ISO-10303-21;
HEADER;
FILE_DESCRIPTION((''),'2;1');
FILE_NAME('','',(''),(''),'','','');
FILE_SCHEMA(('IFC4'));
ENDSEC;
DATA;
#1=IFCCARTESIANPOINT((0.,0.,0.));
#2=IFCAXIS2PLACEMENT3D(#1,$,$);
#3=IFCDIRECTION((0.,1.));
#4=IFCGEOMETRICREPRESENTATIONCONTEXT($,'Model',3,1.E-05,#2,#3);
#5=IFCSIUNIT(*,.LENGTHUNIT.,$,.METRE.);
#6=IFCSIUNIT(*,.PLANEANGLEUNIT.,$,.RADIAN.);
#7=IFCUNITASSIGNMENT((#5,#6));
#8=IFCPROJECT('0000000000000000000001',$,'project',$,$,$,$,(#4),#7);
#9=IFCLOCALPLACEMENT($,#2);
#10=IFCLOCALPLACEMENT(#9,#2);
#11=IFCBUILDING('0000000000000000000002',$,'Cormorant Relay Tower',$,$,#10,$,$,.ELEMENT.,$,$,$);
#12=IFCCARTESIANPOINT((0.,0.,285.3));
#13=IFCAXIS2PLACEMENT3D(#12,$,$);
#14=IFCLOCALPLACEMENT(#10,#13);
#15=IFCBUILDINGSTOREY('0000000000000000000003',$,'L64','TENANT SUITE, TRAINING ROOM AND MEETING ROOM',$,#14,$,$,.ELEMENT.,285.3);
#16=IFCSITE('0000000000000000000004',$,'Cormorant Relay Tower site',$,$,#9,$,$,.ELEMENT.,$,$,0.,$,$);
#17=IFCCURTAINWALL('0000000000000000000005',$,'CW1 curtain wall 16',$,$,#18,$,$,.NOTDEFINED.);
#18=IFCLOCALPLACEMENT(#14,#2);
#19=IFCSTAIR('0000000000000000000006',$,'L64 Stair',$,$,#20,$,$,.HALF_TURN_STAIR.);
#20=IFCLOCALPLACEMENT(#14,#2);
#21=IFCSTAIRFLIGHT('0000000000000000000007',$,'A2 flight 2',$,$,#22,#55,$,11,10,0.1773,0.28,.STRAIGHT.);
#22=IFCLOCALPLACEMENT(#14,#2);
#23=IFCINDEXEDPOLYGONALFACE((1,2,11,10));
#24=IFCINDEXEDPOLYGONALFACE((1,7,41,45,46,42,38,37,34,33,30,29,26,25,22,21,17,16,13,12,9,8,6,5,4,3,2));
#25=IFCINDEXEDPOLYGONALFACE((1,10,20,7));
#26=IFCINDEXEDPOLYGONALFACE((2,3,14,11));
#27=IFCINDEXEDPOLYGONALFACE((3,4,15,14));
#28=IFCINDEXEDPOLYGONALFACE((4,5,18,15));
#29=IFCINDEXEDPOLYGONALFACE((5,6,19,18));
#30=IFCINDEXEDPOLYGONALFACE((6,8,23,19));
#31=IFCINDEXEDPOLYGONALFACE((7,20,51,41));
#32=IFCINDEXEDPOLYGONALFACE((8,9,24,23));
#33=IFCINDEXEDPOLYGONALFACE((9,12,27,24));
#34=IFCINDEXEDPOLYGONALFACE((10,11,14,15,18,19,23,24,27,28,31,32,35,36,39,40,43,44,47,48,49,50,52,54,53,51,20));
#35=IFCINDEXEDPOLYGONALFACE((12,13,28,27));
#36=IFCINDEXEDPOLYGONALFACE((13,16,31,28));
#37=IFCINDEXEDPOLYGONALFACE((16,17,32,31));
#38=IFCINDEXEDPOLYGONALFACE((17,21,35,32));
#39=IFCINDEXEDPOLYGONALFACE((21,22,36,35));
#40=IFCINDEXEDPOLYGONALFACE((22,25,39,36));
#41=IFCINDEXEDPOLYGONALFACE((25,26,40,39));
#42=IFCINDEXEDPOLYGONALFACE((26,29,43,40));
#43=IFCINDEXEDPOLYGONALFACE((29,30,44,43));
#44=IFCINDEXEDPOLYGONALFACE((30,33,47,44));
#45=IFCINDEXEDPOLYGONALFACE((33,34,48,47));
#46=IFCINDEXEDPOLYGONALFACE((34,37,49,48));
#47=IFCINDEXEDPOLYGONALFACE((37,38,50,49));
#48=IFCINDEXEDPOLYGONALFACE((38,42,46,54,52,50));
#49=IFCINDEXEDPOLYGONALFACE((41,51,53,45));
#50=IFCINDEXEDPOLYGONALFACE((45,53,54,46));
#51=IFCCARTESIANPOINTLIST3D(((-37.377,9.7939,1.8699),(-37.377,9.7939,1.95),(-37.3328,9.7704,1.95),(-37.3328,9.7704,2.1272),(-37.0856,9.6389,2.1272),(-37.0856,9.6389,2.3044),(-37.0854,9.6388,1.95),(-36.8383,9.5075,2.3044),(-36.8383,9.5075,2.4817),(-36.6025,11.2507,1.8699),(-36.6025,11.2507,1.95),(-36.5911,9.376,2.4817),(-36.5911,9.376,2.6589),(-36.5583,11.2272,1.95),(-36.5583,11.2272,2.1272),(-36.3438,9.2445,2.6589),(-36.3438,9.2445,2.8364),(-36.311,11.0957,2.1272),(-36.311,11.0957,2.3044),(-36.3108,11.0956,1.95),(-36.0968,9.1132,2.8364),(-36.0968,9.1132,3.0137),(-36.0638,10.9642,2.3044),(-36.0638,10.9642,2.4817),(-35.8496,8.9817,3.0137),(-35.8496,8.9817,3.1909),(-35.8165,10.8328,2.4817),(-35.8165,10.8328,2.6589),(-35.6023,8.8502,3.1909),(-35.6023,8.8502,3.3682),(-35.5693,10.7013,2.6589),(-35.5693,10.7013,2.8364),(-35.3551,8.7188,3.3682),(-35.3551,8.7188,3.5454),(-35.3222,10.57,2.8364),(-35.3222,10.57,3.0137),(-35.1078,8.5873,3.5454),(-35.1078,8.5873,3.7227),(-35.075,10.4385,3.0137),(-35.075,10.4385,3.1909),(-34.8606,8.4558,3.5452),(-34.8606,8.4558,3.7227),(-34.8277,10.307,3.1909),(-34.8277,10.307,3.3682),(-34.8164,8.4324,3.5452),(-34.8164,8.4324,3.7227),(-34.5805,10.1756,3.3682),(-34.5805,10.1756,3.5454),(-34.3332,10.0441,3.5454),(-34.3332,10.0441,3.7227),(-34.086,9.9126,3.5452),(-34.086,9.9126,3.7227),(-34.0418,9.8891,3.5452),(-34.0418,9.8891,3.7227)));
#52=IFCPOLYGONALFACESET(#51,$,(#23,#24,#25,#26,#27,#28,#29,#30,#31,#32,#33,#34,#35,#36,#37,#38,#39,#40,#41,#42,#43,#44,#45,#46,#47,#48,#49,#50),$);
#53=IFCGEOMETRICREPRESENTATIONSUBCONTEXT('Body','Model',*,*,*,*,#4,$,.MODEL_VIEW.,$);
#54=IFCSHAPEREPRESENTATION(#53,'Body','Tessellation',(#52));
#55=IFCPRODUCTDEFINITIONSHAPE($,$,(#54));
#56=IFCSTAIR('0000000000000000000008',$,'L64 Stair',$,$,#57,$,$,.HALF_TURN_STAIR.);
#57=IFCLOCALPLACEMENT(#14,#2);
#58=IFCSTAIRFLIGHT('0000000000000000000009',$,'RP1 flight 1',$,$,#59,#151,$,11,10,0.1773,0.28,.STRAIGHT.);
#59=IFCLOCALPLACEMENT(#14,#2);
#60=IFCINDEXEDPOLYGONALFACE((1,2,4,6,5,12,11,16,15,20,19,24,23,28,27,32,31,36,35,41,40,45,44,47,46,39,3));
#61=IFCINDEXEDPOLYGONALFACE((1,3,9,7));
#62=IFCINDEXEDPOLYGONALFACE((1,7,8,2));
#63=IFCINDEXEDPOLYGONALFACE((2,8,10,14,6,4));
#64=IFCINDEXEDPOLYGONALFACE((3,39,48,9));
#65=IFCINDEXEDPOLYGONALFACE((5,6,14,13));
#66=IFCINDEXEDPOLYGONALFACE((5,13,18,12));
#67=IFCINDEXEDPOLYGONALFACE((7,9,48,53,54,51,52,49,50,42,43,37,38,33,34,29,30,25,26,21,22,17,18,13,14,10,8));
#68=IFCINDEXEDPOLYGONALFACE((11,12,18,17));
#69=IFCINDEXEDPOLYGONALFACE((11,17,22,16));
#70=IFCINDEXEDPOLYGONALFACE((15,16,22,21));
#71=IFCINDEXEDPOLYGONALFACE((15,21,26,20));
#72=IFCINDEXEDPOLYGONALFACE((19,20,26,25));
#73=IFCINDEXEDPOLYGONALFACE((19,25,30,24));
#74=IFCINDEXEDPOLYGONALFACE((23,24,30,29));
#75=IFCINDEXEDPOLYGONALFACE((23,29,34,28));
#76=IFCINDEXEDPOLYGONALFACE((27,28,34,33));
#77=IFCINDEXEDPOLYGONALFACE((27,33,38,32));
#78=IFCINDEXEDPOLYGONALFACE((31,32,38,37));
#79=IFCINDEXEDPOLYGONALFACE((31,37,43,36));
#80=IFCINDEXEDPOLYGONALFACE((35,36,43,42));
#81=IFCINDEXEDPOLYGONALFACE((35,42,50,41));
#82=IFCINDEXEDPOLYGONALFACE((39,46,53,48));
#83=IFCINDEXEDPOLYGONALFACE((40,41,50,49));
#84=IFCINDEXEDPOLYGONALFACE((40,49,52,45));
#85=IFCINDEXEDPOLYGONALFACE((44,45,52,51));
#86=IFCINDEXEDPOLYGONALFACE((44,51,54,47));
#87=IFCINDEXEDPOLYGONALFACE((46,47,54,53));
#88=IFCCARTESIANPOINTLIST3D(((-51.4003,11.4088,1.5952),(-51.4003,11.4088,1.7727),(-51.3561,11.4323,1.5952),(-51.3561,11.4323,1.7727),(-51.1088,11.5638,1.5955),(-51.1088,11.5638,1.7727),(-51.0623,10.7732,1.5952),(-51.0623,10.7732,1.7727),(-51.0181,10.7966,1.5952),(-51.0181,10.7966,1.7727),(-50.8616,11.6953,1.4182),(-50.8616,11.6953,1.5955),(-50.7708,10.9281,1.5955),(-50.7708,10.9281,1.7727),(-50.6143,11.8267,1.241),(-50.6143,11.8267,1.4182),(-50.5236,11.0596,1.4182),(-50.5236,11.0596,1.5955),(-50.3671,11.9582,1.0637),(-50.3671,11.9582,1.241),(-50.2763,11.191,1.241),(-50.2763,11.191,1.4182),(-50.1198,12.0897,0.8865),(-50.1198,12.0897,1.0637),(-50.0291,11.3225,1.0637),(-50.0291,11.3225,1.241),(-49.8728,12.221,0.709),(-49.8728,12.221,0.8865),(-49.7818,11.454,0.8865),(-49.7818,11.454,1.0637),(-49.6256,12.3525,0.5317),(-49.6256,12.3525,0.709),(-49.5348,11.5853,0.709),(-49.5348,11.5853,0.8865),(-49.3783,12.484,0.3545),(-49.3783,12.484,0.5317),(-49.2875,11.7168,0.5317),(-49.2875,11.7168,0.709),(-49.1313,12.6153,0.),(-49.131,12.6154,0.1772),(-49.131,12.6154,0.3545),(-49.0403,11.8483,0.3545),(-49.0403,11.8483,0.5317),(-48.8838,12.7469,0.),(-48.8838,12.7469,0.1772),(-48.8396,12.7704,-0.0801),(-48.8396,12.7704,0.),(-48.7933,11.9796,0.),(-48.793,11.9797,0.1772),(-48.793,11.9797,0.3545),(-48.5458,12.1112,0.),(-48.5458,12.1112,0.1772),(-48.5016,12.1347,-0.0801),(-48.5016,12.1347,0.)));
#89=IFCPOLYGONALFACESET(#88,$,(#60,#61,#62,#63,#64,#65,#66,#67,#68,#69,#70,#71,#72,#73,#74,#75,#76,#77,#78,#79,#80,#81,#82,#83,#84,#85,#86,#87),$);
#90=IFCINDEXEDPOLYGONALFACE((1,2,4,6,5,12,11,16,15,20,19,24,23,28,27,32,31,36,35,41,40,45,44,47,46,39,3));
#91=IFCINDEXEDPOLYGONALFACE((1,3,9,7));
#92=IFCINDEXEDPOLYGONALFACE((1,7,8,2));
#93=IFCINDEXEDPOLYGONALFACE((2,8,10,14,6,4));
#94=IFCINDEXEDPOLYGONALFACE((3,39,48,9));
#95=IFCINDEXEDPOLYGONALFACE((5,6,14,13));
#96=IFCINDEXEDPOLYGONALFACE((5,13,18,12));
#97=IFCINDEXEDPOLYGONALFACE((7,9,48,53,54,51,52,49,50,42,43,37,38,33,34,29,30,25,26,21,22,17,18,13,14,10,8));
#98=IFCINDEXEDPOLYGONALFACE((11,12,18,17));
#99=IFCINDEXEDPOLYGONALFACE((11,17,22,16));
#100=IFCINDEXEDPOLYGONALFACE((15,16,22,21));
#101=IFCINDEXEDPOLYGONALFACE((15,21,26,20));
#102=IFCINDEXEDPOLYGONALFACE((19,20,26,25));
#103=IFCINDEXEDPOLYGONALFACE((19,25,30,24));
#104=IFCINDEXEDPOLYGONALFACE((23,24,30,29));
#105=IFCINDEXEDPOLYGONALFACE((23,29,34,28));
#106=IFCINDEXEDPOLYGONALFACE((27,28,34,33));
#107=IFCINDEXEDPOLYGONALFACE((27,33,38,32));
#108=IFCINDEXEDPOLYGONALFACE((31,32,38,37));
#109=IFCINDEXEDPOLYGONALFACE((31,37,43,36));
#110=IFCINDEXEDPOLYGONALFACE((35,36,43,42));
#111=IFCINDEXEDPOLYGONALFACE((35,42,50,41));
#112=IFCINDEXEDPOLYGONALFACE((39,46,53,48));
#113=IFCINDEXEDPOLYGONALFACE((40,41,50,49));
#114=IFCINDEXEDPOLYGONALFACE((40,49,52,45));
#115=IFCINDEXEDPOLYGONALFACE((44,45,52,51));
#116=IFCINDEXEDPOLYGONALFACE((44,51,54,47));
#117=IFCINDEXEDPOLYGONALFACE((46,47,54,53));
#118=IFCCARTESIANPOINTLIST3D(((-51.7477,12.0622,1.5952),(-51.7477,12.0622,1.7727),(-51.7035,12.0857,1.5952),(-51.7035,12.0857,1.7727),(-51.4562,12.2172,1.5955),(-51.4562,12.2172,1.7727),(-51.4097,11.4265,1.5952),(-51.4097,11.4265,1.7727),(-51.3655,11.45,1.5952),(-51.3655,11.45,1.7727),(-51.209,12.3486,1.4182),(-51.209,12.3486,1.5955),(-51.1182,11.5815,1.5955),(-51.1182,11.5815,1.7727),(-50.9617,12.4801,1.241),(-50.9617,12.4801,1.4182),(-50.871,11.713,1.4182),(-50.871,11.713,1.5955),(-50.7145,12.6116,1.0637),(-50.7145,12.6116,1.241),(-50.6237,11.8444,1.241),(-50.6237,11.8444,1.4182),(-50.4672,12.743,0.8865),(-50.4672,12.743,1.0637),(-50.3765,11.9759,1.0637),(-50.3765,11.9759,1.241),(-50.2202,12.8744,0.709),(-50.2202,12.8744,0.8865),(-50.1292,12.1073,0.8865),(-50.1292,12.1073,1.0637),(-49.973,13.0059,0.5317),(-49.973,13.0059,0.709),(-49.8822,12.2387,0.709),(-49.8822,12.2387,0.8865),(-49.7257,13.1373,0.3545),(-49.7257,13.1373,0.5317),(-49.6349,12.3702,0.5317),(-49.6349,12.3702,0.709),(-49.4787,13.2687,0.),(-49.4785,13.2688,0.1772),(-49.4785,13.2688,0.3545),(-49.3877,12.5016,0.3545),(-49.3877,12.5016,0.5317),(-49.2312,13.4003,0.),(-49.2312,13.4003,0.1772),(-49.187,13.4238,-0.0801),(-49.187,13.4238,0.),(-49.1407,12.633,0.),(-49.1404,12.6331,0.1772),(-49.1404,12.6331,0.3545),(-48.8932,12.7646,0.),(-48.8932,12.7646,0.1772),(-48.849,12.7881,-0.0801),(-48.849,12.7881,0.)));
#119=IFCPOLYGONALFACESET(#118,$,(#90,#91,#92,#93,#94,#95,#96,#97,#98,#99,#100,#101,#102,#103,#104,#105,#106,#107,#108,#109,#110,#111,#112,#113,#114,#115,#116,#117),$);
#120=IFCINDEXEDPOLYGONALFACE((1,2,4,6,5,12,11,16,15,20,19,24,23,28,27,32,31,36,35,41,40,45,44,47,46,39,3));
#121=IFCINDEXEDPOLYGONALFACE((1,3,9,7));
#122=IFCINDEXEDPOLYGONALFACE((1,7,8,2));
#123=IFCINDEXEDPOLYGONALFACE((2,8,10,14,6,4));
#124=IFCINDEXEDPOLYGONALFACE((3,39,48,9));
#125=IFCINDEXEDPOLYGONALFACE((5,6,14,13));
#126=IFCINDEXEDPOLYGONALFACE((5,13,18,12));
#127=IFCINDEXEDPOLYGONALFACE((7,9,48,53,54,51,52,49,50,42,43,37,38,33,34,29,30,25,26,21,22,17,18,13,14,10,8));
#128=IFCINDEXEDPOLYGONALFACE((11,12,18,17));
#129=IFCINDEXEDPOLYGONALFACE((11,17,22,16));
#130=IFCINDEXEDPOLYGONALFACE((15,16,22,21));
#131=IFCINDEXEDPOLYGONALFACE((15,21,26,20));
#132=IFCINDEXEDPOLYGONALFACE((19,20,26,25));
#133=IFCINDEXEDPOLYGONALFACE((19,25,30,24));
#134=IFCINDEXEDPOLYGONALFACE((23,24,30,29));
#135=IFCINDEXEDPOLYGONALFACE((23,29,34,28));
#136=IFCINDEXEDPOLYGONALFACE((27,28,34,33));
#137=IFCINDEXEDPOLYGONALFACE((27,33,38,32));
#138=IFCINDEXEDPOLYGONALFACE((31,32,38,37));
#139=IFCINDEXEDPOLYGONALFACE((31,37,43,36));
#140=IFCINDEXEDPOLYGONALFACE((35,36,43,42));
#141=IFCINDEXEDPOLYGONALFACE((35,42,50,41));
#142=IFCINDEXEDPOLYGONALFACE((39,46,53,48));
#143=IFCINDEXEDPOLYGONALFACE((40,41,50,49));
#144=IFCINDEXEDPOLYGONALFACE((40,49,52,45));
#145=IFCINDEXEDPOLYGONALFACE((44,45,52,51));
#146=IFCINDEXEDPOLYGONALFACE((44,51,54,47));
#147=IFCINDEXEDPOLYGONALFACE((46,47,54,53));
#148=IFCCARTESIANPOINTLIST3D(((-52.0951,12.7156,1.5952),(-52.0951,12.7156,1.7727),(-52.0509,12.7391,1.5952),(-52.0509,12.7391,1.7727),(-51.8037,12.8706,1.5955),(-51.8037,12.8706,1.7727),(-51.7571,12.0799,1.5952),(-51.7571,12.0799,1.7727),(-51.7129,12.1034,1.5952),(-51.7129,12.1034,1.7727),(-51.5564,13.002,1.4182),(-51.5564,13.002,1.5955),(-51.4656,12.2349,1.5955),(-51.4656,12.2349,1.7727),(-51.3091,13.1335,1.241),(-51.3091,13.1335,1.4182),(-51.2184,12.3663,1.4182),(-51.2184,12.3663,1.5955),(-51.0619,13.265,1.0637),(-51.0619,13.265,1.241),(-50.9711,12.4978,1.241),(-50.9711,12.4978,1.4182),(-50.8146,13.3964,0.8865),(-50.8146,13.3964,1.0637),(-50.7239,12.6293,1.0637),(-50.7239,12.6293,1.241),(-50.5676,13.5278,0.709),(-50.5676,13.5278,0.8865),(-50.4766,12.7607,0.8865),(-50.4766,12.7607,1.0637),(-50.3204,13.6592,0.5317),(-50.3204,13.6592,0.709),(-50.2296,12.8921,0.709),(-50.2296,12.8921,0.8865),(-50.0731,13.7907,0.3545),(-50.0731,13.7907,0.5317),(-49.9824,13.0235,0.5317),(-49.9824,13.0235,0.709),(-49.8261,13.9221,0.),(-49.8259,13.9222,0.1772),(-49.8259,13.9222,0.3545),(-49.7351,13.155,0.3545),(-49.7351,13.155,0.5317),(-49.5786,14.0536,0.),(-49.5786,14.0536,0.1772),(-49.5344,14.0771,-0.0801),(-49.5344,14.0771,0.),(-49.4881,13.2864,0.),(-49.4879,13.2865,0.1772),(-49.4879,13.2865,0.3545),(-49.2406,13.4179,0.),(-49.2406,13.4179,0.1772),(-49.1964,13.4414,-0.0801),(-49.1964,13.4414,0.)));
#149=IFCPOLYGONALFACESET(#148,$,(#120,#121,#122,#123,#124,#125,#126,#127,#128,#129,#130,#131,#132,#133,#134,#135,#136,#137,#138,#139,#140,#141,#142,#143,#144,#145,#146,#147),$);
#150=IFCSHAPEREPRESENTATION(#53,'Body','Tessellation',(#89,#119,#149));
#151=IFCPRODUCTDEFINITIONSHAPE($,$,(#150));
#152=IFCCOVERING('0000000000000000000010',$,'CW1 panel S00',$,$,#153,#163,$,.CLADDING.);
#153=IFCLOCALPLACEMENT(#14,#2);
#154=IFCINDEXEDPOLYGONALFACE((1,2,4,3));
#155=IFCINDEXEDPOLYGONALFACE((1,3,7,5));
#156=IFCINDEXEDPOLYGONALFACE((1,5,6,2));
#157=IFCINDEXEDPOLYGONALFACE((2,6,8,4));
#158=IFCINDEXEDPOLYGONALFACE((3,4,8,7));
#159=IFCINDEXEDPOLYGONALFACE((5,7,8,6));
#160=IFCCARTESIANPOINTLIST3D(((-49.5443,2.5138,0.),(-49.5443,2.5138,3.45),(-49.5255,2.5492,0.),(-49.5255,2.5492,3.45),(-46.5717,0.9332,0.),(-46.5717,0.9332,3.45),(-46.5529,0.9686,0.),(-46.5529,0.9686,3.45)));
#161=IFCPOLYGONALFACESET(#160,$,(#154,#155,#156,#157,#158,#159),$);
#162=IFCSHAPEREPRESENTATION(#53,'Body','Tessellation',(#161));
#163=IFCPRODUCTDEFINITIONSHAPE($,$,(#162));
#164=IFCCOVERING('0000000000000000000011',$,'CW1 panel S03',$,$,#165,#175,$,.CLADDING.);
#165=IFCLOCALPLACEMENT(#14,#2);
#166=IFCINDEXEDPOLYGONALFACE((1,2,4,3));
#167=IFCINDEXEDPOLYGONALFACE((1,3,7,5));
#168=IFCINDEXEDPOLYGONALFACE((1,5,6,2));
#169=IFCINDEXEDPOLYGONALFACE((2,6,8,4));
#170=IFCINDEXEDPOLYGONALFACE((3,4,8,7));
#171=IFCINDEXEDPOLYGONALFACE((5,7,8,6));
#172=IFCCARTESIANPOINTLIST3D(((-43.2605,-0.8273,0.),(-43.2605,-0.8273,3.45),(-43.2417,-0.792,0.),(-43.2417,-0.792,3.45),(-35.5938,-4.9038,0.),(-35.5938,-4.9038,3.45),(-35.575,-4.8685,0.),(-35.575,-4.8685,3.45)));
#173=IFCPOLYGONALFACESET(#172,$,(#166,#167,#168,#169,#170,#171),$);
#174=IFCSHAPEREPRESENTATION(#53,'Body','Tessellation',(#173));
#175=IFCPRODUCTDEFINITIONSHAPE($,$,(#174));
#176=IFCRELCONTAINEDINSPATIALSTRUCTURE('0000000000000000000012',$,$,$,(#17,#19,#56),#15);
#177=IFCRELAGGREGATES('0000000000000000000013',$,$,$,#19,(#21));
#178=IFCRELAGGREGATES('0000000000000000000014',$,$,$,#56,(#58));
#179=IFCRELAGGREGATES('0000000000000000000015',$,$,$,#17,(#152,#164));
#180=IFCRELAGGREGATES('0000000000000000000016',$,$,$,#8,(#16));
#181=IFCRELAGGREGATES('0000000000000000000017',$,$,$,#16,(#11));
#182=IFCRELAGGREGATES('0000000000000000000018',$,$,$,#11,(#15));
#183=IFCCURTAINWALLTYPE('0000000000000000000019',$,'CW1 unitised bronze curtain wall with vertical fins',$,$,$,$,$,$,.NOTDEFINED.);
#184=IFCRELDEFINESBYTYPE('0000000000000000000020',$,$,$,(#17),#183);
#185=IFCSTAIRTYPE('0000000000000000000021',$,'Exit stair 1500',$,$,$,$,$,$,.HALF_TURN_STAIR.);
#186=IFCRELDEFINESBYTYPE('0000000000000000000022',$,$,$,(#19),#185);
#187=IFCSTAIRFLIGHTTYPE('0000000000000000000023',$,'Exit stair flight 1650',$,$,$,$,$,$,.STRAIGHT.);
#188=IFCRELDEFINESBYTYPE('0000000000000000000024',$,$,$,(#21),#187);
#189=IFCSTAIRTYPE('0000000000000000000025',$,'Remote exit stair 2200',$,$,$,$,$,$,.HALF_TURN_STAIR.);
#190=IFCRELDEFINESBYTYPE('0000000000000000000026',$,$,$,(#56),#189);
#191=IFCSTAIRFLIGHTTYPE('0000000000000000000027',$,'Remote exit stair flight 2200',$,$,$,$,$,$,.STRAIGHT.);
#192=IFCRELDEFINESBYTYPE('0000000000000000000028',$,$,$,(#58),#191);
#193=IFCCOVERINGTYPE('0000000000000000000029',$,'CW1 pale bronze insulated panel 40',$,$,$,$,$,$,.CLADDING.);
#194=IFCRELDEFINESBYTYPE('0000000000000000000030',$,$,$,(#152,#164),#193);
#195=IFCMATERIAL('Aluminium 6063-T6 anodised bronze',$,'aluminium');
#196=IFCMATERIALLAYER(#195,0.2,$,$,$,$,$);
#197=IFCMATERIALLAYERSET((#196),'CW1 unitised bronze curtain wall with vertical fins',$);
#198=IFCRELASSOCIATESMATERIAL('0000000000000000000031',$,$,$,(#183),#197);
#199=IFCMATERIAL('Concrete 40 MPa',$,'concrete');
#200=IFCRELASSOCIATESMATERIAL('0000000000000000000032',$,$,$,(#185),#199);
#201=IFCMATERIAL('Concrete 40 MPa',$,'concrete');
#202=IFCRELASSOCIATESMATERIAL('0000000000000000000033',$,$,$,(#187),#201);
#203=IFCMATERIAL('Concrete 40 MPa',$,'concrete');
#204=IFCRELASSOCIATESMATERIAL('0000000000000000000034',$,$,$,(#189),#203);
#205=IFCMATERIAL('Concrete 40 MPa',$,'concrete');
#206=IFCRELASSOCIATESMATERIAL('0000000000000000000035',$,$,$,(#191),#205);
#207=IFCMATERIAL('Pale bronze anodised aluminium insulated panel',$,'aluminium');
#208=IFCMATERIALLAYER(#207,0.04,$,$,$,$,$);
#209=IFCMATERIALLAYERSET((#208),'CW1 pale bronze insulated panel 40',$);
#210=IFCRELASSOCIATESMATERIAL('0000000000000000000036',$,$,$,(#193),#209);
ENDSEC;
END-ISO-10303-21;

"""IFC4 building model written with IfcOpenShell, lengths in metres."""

from ifc_helpers import new_model, si_unit, direction, frame, origin, origin_2d, place, context, subcontext, project, spatial, polyline, rectangle, outline, extrude, material, layer, layer_set, type_object, element, aggregate, save


model = new_model("IFC4")

# Units and contexts
model_context = context("Model", 3, precision=1e-05, world=origin(), true_north=direction((0.0, 1.0)))
body_context = subcontext(model_context, "Body", "Model", "MODEL_VIEW")
ifc_project = project(units=[si_unit("LENGTHUNIT", "METRE"), si_unit("PLANEANGLEUNIT", "RADIAN")], contexts=[model_context])

# Site, building, storey
site_placement = place(None, origin())
site = spatial("IfcSite", under=ifc_project, at=site_placement, Name="Cormorant Relay Tower site", CompositionType="ELEMENT", RefElevation=0.0)
building_placement = place(site_placement, origin())
building = spatial("IfcBuilding", under=site, at=building_placement, Name="Cormorant Relay Tower", CompositionType="ELEMENT")
storey_placement = place(building_placement, frame((0.0, 0.0, 285.3)))
storey = spatial("IfcBuildingStorey", under=building, at=storey_placement, Name="L64", Description="TENANT SUITE, TRAINING ROOM AND MEETING ROOM", CompositionType="ELEMENT", Elevation=285.3)

# Curtain wall
ifc_material_1 = material(Name="Aluminium 6063-T6 anodised bronze", Category="aluminium")
ifc_layer_1 = layer(ifc_material_1, 0.2)
ifc_layer_set_1 = layer_set([ifc_layer_1], Name="CW1 unitised bronze curtain wall with vertical fins")
curtain_wall_type = type_object("IfcCurtainWallType", Name="CW1 unitised bronze curtain wall with vertical fins", PredefinedType="NOTDEFINED", material=ifc_layer_set_1)
curtain_wall_placement = place(storey_placement, origin())
curtain_wall = element("IfcCurtainWall", 1, at=curtain_wall_placement, inside=storey, type_object=curtain_wall_type, Name="CW1 curtain wall 16", PredefinedType="NOTDEFINED")

# Stairs, stair flights
ifc_material_2 = material(Name="Concrete 40 MPa", Category="concrete")
stair_type_1 = type_object("IfcStairType", Name="Exit stair 1500", PredefinedType="HALF_TURN_STAIR", material=ifc_material_2)
stair_1_placement = place(storey_placement, origin())
stair_1 = element("IfcStair", 2, at=stair_1_placement, inside=storey, type_object=stair_type_1, Name="L64 Stair", PredefinedType="HALF_TURN_STAIR")
ifc_material_3 = material(Name="Concrete 40 MPa", Category="concrete")
stair_flight_type_1 = type_object("IfcStairFlightType", Name="Exit stair flight 1650", PredefinedType="STRAIGHT", material=ifc_material_3)
stair_flight_1_placement = place(storey_placement, frame((-36.9456, 10.4988, 1.95), z_axis=(0.0, 0.0, 1.0), x_axis=(0.882948, -0.469472, 0.0)))
stair_flight_1 = element("IfcStairFlight", 3, at=stair_flight_1_placement, type_object=stair_flight_type_1, Name="A2 flight 2", NumberOfRisers=11, NumberOfTreads=10, PredefinedType="STRAIGHT", RiserHeight=0.1773, TreadLength=0.28, context=body_context, shape_type="SweptSolid", body=[
    extrude(outline(polyline([(-0.05, -0.0801), (-0.05, 0.0), (0.0, 0.0), (0.0, 0.1772), (0.28, 0.1772), (0.28, 0.3545), (0.5601, 0.3545), (0.5601, 0.5317), (0.8401, 0.5317), (0.8401, 0.709), (1.1201, 0.709), (1.1201, 0.8865), (1.3999, 0.8865), (1.3999, 1.0637), (1.6799, 1.0637), (1.6799, 1.241), (1.96, 1.241), (1.96, 1.4182), (2.24, 1.4182), (2.24, 1.5955), (2.52, 1.5955), (2.52, 1.7727), (2.8, 1.7727), (2.8501, 1.7727), (2.8501, 1.5952), (2.8, 1.5952), (0.2803, 0.0), (-0.05, -0.0801)])), frame((0.0, 0.825, 0.0), z_axis=(0.0, -1.0, 0.0), x_axis=(1.0, 0.0, 0.0)), (0.0, 0.0, 1.0), 1.6499),
])
aggregate(stair_1, [stair_flight_1])
ifc_material_4 = material(Name="Concrete 40 MPa", Category="concrete")
stair_type_2 = type_object("IfcStairType", Name="Remote exit stair 2200", PredefinedType="HALF_TURN_STAIR", material=ifc_material_4)
stair_2_placement = place(storey_placement, origin())
stair_2 = element("IfcStair", 4, at=stair_2_placement, inside=storey, type_object=stair_type_2, Name="L64 Stair", PredefinedType="HALF_TURN_STAIR")
ifc_material_5 = material(Name="Concrete 40 MPa", Category="concrete")
stair_flight_type_2 = type_object("IfcStairFlightType", Name="Remote exit stair flight 2200", PredefinedType="STRAIGHT", material=ifc_material_5)
stair_flight_2_placement = place(storey_placement, frame((-49.0623, 13.0825, 0.0), z_axis=(0.0, 0.0, 1.0), x_axis=(-0.882948, -0.469472, 0.0)))
stair_flight_2 = element("IfcStairFlight", 5, at=stair_flight_2_placement, type_object=stair_flight_type_2, Name="RP1 flight 1", NumberOfRisers=11, NumberOfTreads=10, PredefinedType="STRAIGHT", RiserHeight=0.1773, TreadLength=0.28, context=body_context, shape_type="SweptSolid", body=[
    extrude(outline(polyline([(-0.05, -0.0801), (-0.05, 0.0), (0.0, 0.0), (0.0, 0.1772), (0.28, 0.1772), (0.28, 0.3545), (0.5601, 0.3545), (0.5601, 0.5317), (0.8401, 0.5317), (0.8401, 0.709), (1.1201, 0.709), (1.1201, 0.8865), (1.3999, 0.8865), (1.3999, 1.0637), (1.6799, 1.0637), (1.6799, 1.241), (1.96, 1.241), (1.96, 1.4182), (2.24, 1.4182), (2.24, 1.5955), (2.52, 1.5955), (2.52, 1.7727), (2.8, 1.7727), (2.8501, 1.7727), (2.8501, 1.5952), (2.8, 1.5952), (0.2803, 0.0), (-0.05, -0.0801)])), frame((0.0, 1.1001, 0.0), z_axis=(0.0, -1.0, 0.0), x_axis=(1.0, 0.0, 0.0)), (0.0, 0.0, 1.0), 0.72),
    extrude(outline(polyline([(-0.05, -0.0801), (-0.05, 0.0), (0.0, 0.0), (0.0, 0.1772), (0.28, 0.1772), (0.28, 0.3545), (0.5601, 0.3545), (0.5601, 0.5317), (0.8401, 0.5317), (0.8401, 0.709), (1.1201, 0.709), (1.1201, 0.8865), (1.3999, 0.8865), (1.3999, 1.0637), (1.6799, 1.0637), (1.6799, 1.241), (1.96, 1.241), (1.96, 1.4182), (2.24, 1.4182), (2.24, 1.5955), (2.52, 1.5955), (2.52, 1.7727), (2.8, 1.7727), (2.8501, 1.7727), (2.8501, 1.5952), (2.8, 1.5952), (0.2803, 0.0), (-0.05, -0.0801)])), frame((0.0, 0.3601, 0.0), z_axis=(0.0, -1.0, 0.0), x_axis=(1.0, 0.0, 0.0)), (0.0, 0.0, 1.0), 0.72),
    extrude(outline(polyline([(-0.05, -0.0801), (-0.05, 0.0), (0.0, 0.0), (0.0, 0.1772), (0.28, 0.1772), (0.28, 0.3545), (0.5601, 0.3545), (0.5601, 0.5317), (0.8401, 0.5317), (0.8401, 0.709), (1.1201, 0.709), (1.1201, 0.8865), (1.3999, 0.8865), (1.3999, 1.0637), (1.6799, 1.0637), (1.6799, 1.241), (1.96, 1.241), (1.96, 1.4182), (2.24, 1.4182), (2.24, 1.5955), (2.52, 1.5955), (2.52, 1.7727), (2.8, 1.7727), (2.8501, 1.7727), (2.8501, 1.5952), (2.8, 1.5952), (0.2803, 0.0), (-0.05, -0.0801)])), frame((0.0, -0.3799, 0.0), z_axis=(0.0, -1.0, 0.0), x_axis=(1.0, 0.0, 0.0)), (0.0, 0.0, 1.0), 0.72),
])
aggregate(stair_2, [stair_flight_2])

# Coverings
ifc_material_6 = material(Name="Pale bronze anodised aluminium insulated panel", Category="aluminium")
ifc_layer_2 = layer(ifc_material_6, 0.04)
ifc_layer_set_2 = layer_set([ifc_layer_2], Name="CW1 pale bronze insulated panel 40")
covering_type = type_object("IfcCoveringType", Name="CW1 pale bronze insulated panel 40", PredefinedType="CLADDING", material=ifc_layer_set_2)
covering_1_placement = place(storey_placement, frame((-48.0486, 1.7412, 0.0), z_axis=(0.0, 0.0, 1.0), x_axis=(0.882948, -0.469472, 0.0)))
covering_1 = element("IfcCovering", 6, at=covering_1_placement, type_object=covering_type, Name="CW1 panel S00", PredefinedType="CLADDING", context=body_context, shape_type="SweptSolid", body=[
    extrude(rectangle(XDim=3.3667, YDim=0.04, at=origin_2d()), origin(), (0.0, 0.0, 1.0), 3.45),
])
covering_2_placement = place(storey_placement, frame((-39.4177, -2.8479, 0.0), z_axis=(0.0, 0.0, 1.0), x_axis=(0.882948, -0.469472, 0.0)))
covering_2 = element("IfcCovering", 7, at=covering_2_placement, type_object=covering_type, Name="CW1 panel S03", PredefinedType="CLADDING", context=body_context, shape_type="SweptSolid", body=[
    extrude(rectangle(XDim=8.6831, YDim=0.04, at=origin_2d()), origin(), (0.0, 0.0, 1.0), 3.45),
])
aggregate(curtain_wall, [covering_1, covering_2])

save(model, "model.ifc")
